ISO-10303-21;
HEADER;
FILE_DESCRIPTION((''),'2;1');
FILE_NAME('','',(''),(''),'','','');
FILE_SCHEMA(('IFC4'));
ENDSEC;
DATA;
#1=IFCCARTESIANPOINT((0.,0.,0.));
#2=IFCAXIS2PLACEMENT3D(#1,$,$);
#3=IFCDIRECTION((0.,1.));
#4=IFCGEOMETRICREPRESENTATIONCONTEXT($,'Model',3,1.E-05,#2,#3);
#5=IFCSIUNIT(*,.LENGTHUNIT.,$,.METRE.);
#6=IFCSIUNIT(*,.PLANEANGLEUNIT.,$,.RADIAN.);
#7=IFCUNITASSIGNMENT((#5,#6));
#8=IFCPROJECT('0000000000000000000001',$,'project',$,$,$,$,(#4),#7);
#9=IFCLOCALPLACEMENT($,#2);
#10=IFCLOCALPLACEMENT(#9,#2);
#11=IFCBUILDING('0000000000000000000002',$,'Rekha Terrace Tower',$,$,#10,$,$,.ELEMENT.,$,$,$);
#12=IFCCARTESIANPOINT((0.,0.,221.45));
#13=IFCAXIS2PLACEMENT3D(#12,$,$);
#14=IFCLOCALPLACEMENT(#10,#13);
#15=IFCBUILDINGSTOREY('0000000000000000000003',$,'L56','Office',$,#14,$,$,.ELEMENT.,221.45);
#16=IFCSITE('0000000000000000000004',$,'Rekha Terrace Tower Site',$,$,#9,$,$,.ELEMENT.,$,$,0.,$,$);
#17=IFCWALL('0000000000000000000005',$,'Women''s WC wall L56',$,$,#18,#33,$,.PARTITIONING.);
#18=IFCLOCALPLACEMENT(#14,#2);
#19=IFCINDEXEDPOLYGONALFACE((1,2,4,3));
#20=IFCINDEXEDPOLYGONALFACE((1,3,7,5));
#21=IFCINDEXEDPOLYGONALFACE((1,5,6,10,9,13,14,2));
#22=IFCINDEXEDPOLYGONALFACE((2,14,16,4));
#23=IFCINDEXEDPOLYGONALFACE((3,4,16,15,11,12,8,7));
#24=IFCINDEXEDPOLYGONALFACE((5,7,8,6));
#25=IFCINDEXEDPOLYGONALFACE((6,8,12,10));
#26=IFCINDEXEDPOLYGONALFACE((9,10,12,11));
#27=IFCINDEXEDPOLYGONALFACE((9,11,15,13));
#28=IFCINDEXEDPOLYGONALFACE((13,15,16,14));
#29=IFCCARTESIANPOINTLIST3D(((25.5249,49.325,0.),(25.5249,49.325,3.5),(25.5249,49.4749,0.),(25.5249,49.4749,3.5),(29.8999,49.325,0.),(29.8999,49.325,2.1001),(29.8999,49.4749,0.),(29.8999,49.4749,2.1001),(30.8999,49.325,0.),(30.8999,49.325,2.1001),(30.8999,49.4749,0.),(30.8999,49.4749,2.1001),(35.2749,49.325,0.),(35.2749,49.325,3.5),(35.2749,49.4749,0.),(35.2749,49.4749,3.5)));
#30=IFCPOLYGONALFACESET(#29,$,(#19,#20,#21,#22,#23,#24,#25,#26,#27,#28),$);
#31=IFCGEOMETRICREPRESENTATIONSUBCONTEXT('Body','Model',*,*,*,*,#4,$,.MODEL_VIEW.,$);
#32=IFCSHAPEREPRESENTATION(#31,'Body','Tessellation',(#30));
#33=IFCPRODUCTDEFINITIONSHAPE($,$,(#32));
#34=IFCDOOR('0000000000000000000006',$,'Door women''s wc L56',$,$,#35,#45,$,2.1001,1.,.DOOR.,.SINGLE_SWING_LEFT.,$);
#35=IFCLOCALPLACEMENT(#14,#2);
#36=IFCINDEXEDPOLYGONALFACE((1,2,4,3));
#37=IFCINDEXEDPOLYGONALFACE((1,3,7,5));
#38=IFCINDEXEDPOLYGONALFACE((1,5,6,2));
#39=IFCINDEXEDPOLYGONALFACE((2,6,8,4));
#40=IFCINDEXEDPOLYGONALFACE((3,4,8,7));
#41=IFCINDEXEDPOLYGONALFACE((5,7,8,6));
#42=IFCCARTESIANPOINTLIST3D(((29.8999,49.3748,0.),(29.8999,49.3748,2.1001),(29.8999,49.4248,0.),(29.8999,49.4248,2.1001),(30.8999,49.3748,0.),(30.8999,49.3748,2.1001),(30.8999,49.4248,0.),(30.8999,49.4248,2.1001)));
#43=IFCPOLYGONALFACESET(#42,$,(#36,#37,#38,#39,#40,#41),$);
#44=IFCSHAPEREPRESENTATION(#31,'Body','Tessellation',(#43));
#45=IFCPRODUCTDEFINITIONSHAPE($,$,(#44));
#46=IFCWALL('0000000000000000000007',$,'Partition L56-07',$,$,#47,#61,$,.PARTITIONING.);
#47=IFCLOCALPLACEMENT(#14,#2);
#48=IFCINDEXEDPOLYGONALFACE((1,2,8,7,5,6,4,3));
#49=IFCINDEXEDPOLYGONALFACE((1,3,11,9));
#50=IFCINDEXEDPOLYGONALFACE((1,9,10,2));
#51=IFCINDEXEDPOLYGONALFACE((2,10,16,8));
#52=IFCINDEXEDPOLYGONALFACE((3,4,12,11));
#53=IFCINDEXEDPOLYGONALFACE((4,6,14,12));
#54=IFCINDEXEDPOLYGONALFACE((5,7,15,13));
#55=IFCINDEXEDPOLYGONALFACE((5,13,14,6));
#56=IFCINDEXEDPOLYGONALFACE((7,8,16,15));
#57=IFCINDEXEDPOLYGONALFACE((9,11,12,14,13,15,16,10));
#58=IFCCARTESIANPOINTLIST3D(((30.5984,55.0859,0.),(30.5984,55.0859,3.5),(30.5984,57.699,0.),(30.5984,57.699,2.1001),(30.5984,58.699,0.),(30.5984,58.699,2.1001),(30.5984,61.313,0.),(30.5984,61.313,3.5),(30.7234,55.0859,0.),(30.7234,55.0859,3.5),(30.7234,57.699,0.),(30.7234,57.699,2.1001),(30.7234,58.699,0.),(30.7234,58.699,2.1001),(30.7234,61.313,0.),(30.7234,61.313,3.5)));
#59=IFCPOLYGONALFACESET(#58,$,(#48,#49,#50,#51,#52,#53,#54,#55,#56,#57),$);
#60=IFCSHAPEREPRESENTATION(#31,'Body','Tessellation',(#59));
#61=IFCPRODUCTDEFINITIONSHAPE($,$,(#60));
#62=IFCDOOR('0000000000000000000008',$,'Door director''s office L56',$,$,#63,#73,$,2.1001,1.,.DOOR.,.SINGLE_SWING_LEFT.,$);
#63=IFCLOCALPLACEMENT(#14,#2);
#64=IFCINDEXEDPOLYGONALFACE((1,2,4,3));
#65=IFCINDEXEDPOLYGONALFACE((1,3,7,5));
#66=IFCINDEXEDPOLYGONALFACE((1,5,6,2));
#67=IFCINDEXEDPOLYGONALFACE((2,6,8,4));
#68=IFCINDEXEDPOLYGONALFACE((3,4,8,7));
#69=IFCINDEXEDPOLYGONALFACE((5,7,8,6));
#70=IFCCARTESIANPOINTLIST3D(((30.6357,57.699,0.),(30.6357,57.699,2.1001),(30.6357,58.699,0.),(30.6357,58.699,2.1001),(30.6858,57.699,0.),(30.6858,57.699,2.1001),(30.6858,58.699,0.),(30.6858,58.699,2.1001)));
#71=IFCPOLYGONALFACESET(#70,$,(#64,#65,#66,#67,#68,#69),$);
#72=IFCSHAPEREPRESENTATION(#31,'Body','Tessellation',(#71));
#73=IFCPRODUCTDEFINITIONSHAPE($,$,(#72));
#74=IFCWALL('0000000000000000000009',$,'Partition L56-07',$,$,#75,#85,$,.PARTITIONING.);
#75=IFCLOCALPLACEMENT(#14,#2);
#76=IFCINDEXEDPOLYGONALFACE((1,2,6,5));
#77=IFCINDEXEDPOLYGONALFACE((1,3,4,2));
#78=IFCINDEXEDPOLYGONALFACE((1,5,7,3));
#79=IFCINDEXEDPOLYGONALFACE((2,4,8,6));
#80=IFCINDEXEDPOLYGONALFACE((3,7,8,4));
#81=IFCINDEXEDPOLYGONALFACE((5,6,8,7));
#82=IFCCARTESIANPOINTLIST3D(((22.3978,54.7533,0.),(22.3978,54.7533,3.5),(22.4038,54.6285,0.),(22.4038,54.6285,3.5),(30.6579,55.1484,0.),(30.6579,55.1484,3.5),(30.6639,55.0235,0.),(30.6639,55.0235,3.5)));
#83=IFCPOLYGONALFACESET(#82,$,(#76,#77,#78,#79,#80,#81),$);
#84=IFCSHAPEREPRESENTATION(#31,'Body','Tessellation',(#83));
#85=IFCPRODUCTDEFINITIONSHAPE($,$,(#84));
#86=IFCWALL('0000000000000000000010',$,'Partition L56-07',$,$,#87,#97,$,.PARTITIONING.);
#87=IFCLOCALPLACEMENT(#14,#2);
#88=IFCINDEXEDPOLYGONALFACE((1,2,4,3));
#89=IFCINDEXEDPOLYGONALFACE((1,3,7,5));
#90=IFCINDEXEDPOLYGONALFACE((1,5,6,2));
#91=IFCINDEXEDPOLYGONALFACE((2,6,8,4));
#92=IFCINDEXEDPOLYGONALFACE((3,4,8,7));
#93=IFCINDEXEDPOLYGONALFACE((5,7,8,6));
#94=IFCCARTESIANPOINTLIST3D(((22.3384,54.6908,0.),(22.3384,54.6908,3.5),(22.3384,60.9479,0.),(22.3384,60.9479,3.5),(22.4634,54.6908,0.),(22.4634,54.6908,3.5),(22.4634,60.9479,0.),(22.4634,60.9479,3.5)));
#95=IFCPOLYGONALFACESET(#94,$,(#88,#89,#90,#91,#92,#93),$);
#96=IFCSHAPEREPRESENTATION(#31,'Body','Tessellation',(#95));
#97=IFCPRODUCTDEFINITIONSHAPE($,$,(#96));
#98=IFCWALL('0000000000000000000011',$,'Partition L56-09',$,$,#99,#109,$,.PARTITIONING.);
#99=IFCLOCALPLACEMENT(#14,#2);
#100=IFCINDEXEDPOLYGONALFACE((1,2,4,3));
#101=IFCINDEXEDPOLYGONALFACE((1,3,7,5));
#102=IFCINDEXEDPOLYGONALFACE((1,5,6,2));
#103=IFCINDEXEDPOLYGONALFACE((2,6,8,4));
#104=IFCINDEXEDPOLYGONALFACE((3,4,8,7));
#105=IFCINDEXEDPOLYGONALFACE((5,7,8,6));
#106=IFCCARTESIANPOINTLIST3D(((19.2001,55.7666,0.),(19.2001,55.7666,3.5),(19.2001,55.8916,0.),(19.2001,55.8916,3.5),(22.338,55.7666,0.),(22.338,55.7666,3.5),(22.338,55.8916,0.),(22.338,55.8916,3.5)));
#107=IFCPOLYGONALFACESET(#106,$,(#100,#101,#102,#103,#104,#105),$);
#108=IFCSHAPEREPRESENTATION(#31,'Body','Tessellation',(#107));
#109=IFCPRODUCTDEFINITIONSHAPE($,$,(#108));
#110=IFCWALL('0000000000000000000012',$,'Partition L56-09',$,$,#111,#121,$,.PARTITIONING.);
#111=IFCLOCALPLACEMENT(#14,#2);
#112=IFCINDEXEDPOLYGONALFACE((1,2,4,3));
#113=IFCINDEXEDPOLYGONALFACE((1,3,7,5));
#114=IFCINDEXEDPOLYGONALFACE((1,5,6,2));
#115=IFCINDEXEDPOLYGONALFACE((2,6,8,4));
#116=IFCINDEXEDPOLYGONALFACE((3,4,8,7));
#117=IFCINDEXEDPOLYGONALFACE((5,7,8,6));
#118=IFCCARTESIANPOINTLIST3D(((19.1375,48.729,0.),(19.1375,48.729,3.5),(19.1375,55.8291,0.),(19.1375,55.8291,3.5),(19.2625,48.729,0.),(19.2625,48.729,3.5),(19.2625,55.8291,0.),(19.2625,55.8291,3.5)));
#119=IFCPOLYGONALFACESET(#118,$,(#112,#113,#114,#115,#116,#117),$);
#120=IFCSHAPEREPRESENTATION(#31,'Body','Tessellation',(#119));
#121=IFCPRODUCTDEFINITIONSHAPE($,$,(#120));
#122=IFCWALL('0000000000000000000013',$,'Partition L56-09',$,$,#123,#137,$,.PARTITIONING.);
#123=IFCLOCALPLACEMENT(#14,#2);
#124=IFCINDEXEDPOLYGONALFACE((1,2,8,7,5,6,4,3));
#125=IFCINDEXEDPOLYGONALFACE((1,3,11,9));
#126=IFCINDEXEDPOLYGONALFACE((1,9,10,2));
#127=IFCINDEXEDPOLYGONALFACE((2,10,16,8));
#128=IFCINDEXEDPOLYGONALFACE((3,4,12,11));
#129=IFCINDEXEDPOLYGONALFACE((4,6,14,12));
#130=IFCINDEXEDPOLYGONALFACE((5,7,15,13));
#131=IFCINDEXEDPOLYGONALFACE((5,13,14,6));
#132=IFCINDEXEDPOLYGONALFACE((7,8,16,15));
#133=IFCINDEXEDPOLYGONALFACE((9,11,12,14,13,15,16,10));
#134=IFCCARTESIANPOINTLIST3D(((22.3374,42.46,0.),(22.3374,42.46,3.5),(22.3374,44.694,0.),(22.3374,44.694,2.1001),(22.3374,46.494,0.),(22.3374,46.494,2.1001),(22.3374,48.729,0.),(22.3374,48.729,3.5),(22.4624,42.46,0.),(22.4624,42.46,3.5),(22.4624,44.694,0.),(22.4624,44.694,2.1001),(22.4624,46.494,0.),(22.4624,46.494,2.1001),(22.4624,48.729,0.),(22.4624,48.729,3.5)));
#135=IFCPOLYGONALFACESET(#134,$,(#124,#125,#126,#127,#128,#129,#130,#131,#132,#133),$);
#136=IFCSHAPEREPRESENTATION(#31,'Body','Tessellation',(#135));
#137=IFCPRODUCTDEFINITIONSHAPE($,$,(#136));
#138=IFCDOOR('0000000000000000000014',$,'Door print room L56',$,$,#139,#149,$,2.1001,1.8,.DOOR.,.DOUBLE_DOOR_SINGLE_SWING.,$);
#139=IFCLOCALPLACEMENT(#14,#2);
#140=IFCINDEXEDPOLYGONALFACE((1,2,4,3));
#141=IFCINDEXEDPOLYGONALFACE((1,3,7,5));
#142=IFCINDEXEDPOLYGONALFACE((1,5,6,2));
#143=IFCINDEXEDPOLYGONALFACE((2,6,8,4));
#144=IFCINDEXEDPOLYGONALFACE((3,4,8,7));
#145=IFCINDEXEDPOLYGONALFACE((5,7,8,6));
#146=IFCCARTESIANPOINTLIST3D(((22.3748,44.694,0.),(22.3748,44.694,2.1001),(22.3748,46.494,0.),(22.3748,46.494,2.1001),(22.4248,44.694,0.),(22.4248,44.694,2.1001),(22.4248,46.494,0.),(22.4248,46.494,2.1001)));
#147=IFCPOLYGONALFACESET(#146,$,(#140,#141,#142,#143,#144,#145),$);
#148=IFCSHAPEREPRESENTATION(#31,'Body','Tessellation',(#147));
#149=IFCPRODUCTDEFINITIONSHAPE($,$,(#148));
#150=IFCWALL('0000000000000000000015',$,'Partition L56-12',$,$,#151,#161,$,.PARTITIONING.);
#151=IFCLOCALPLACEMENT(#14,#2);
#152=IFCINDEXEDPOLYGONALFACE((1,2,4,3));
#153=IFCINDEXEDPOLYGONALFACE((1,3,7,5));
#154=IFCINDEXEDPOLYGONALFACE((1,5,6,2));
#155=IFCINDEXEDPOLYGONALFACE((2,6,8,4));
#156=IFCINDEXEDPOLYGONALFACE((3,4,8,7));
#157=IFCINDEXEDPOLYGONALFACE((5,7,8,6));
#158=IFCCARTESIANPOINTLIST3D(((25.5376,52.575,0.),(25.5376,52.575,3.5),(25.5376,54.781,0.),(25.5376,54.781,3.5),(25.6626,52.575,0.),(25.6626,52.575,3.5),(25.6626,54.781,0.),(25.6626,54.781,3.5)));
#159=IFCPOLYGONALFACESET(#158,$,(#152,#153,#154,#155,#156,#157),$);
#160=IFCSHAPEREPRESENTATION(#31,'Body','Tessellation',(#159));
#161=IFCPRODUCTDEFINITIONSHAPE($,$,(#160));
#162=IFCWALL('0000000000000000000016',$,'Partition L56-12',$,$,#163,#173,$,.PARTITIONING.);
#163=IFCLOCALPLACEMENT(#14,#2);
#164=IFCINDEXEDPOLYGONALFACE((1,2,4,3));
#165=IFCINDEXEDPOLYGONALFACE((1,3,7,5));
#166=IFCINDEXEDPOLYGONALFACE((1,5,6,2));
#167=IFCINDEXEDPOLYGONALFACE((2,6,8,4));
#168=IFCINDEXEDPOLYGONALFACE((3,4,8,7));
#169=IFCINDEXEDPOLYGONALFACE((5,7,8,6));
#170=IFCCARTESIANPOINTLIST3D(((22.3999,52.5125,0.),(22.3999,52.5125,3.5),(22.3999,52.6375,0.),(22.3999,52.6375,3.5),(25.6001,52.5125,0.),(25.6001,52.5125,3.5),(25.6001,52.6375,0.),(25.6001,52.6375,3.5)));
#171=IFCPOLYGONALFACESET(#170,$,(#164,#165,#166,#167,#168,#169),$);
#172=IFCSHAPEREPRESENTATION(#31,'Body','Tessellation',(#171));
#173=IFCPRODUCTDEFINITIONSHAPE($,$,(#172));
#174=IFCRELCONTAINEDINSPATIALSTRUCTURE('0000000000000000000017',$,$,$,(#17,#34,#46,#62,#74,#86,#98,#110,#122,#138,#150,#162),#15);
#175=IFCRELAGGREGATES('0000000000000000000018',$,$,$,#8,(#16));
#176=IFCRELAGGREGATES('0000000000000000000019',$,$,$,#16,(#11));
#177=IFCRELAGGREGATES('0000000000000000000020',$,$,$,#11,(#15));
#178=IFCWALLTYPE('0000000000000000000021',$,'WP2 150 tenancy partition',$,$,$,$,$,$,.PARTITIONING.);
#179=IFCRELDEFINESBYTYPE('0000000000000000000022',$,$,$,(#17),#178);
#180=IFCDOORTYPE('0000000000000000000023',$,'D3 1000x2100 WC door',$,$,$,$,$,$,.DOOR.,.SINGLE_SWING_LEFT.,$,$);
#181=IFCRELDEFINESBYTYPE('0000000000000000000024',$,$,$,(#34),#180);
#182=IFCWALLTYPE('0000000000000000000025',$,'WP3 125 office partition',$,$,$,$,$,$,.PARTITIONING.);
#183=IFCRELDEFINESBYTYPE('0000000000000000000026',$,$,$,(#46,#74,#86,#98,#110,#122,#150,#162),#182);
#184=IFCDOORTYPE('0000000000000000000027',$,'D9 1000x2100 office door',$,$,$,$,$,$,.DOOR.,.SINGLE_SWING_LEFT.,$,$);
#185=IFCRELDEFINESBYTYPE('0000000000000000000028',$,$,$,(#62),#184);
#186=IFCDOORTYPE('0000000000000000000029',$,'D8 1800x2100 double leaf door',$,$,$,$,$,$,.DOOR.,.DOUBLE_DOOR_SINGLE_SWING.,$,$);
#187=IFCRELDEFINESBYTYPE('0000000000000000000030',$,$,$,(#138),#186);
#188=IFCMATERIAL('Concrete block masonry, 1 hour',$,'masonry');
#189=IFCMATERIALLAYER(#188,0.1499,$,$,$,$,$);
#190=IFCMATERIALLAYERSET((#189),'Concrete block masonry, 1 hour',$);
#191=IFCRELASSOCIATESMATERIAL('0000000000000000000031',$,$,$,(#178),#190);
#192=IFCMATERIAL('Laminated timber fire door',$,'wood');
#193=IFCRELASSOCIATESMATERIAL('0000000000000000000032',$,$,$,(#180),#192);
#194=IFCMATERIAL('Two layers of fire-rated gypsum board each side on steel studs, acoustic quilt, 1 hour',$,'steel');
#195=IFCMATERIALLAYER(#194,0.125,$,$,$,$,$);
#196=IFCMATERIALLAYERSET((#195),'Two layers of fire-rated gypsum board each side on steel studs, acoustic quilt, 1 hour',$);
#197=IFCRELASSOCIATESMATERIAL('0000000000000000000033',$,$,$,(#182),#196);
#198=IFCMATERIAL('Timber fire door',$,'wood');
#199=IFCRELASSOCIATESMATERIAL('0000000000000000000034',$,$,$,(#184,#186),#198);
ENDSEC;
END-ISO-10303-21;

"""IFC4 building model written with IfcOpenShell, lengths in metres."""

from ifc_helpers import new_model, si_unit, direction, frame, frame_2d, origin, place, context, subcontext, project, spatial, rectangle, extrude, material, layer, layer_set, type_object, element, fill, save


model = new_model("IFC4")

# Units and contexts
model_context = context("Model", 3, precision=1e-05, world=origin(), true_north=direction((0.0, 1.0)))
body_context = subcontext(model_context, "Body", "Model", "MODEL_VIEW")
ifc_project = project(units=[si_unit("LENGTHUNIT", "METRE"), si_unit("PLANEANGLEUNIT", "RADIAN")], contexts=[model_context])

# Site, building, storey
site_placement = place(None, origin())
site = spatial("IfcSite", under=ifc_project, at=site_placement, Name="Rekha Terrace Tower Site", CompositionType="ELEMENT", RefElevation=0.0)
building_placement = place(site_placement, origin())
building = spatial("IfcBuilding", under=site, at=building_placement, Name="Rekha Terrace Tower", CompositionType="ELEMENT")
storey_placement = place(building_placement, frame((0.0, 0.0, 221.45)))
storey = spatial("IfcBuildingStorey", under=building, at=storey_placement, Name="L56", Description="Office", CompositionType="ELEMENT", Elevation=221.45)

# Walls, openings, doors
ifc_material_1 = material(Name="Concrete block masonry, 1 hour", Category="masonry")
ifc_layer_1 = layer(ifc_material_1, 0.1499)
ifc_layer_set_1 = layer_set([ifc_layer_1], Name="Concrete block masonry, 1 hour")
wall_type_1 = type_object("IfcWallType", Name="WP2 150 tenancy partition", PredefinedType="PARTITIONING", material=ifc_layer_set_1)
wall_1_placement = place(storey_placement, frame((25.5249, 49.3999, 0.0), z_axis=(0.0, 0.0, 1.0), x_axis=(1.0, 0.0, 0.0)))
wall_1 = element("IfcWall", 1, at=wall_1_placement, inside=storey, type_object=wall_type_1, Name="Women's WC wall L56", PredefinedType="PARTITIONING", context=body_context, shape_type="SweptSolid", body=[
    extrude(rectangle(XDim=9.75, YDim=0.1499, at=frame_2d((4.875, 0.0))), origin(), (0.0, 0.0, 1.0), 3.5),
])
opening_1_placement = place(wall_1_placement, frame((4.375, 0.0, 0.0)))
opening_1 = element("IfcOpeningElement", 2, at=opening_1_placement, cuts=wall_1, PredefinedType="OPENING", context=body_context, shape_type="SweptSolid", body=[
    extrude(rectangle(XDim=1.0, YDim=2.1001, at=frame_2d((0.5, 1.05))), frame((0.0, 0.085, 0.0), z_axis=(0.0, -1.0, 0.0), x_axis=(1.0, 0.0, 0.0)), (0.0, 0.0, 1.0), 0.1699),
])
ifc_material_2 = material(Name="Laminated timber fire door", Category="wood")
door_type_1 = type_object("IfcDoorType", Name="D3 1000x2100 WC door", OperationType="SINGLE_SWING_LEFT", PredefinedType="DOOR", material=ifc_material_2)
door_1_placement = place(opening_1_placement, origin())
door_1 = element("IfcDoor", 3, at=door_1_placement, inside=storey, type_object=door_type_1, Name="Door women's wc L56", OperationType="SINGLE_SWING_LEFT", OverallHeight=2.1001, OverallWidth=1.0, PredefinedType="DOOR", context=body_context, shape_type="SweptSolid", body=[
    extrude(rectangle(XDim=1.0, YDim=2.1001, at=frame_2d((0.5, 1.05))), frame((0.0, 0.0249, 0.0), z_axis=(0.0, -1.0, 0.0), x_axis=(1.0, 0.0, 0.0)), (0.0, 0.0, 1.0), 0.05),
])
fill(opening_1, door_1)
ifc_material_3 = material(Name="Two layers of fire-rated gypsum board each side on steel studs, acoustic quilt, 1 hour", Category="steel")
ifc_layer_2 = layer(ifc_material_3, 0.125)
ifc_layer_set_2 = layer_set([ifc_layer_2], Name="Two layers of fire-rated gypsum board each side on steel studs, acoustic quilt, 1 hour")
wall_type_2 = type_object("IfcWallType", Name="WP3 125 office partition", PredefinedType="PARTITIONING", material=ifc_layer_set_2)
wall_2_placement = place(storey_placement, frame((30.6609, 61.313, 0.0), z_axis=(0.0, 0.0, 1.0), x_axis=(0.0, -1.0, 0.0)))
wall_2 = element("IfcWall", 4, at=wall_2_placement, inside=storey, type_object=wall_type_2, Name="Partition L56-07", PredefinedType="PARTITIONING", context=body_context, shape_type="SweptSolid", body=[
    extrude(rectangle(XDim=6.2271, YDim=0.125, at=frame_2d((3.1135, 0.0))), origin(), (0.0, 0.0, 1.0), 3.5),
])
opening_2_placement = place(wall_2_placement, frame((2.614, 0.0, 0.0)))
opening_2 = element("IfcOpeningElement", 5, at=opening_2_placement, cuts=wall_2, PredefinedType="OPENING", context=body_context, shape_type="SweptSolid", body=[
    extrude(rectangle(XDim=1.0, YDim=2.1001, at=frame_2d((0.5, 1.05))), frame((0.0, 0.0725, 0.0), z_axis=(0.0, -1.0, 0.0), x_axis=(1.0, 0.0, 0.0)), (0.0, 0.0, 1.0), 0.145),
])
ifc_material_4 = material(Name="Timber fire door", Category="wood")
door_type_2 = type_object("IfcDoorType", Name="D9 1000x2100 office door", OperationType="SINGLE_SWING_LEFT", PredefinedType="DOOR", material=ifc_material_4)
door_2_placement = place(opening_2_placement, origin())
door_2 = element("IfcDoor", 6, at=door_2_placement, inside=storey, type_object=door_type_2, Name="Door director's office L56", OperationType="SINGLE_SWING_LEFT", OverallHeight=2.1001, OverallWidth=1.0, PredefinedType="DOOR", context=body_context, shape_type="SweptSolid", body=[
    extrude(rectangle(XDim=1.0, YDim=2.1001, at=frame_2d((0.5, 1.05))), frame((0.0, 0.0249, 0.0), z_axis=(0.0, -1.0, 0.0), x_axis=(1.0, 0.0, 0.0)), (0.0, 0.0, 1.0), 0.05),
])
fill(opening_2, door_2)

# Walls
wall_3_placement = place(storey_placement, frame((30.6609, 55.0859, 0.0), z_axis=(0.0, 0.0, 1.0), x_axis=(-0.998858, -0.047769, 0.0)))
element("IfcWall", 7, at=wall_3_placement, inside=storey, type_object=wall_type_2, Name="Partition L56-07", PredefinedType="PARTITIONING", context=body_context, shape_type="SweptSolid", body=[
    extrude(rectangle(XDim=8.2695, YDim=0.125, at=frame_2d((4.1348, 0.0))), origin(), (0.0, 0.0, 1.0), 3.5),
])
wall_4_placement = place(storey_placement, frame((22.4009, 54.6909, 0.0), z_axis=(0.0, 0.0, 1.0), x_axis=(0.0, 1.0, 0.0)))
element("IfcWall", 8, at=wall_4_placement, inside=storey, type_object=wall_type_2, Name="Partition L56-07", PredefinedType="PARTITIONING", context=body_context, shape_type="SweptSolid", body=[
    extrude(rectangle(XDim=6.2571, YDim=0.125, at=frame_2d((3.1284, 0.0))), origin(), (0.0, 0.0, 1.0), 3.5),
])
wall_5_placement = place(storey_placement, frame((22.3379, 55.8291, 0.0), z_axis=(0.0, 0.0, 1.0), x_axis=(-1.0, 0.0, 0.0)))
element("IfcWall", 9, at=wall_5_placement, inside=storey, type_object=wall_type_2, Name="Partition L56-09", PredefinedType="PARTITIONING", context=body_context, shape_type="SweptSolid", body=[
    extrude(rectangle(XDim=3.1379, YDim=0.125, at=frame_2d((1.5688, 0.0))), origin(), (0.0, 0.0, 1.0), 3.5),
])
wall_6_placement = place(storey_placement, frame((19.2, 55.8291, 0.0), z_axis=(0.0, 0.0, 1.0), x_axis=(0.0, -1.0, 0.0)))
element("IfcWall", 10, at=wall_6_placement, inside=storey, type_object=wall_type_2, Name="Partition L56-09", PredefinedType="PARTITIONING", context=body_context, shape_type="SweptSolid", body=[
    extrude(rectangle(XDim=7.1001, YDim=0.125, at=frame_2d((3.55, 0.0))), origin(), (0.0, 0.0, 1.0), 3.5),
])

# Wall, opening, door
wall_7_placement = place(storey_placement, frame((22.3999, 48.729, 0.0), z_axis=(0.0, 0.0, 1.0), x_axis=(0.0, -1.0, 0.0)))
wall_7 = element("IfcWall", 11, at=wall_7_placement, inside=storey, type_object=wall_type_2, Name="Partition L56-09", PredefinedType="PARTITIONING", context=body_context, shape_type="SweptSolid", body=[
    extrude(rectangle(XDim=6.269, YDim=0.125, at=frame_2d((3.1345, 0.0))), origin(), (0.0, 0.0, 1.0), 3.5),
])
opening_3_placement = place(wall_7_placement, frame((2.2351, 0.0, 0.0)))
opening_3 = element("IfcOpeningElement", 12, at=opening_3_placement, cuts=wall_7, PredefinedType="OPENING", context=body_context, shape_type="SweptSolid", body=[
    extrude(rectangle(XDim=1.8, YDim=2.1001, at=frame_2d((0.8999, 1.05))), frame((0.0, 0.0725, 0.0), z_axis=(0.0, -1.0, 0.0), x_axis=(1.0, 0.0, 0.0)), (0.0, 0.0, 1.0), 0.145),
])
door_type_3 = type_object("IfcDoorType", Name="D8 1800x2100 double leaf door", OperationType="DOUBLE_DOOR_SINGLE_SWING", PredefinedType="DOOR", material=ifc_material_4)
door_3_placement = place(opening_3_placement, origin())
door_3 = element("IfcDoor", 13, at=door_3_placement, inside=storey, type_object=door_type_3, Name="Door print room L56", OperationType="DOUBLE_DOOR_SINGLE_SWING", OverallHeight=2.1001, OverallWidth=1.8, PredefinedType="DOOR", context=body_context, shape_type="SweptSolid", body=[
    extrude(rectangle(XDim=1.8, YDim=2.1001, at=frame_2d((0.8999, 1.05))), frame((0.0, 0.0249, 0.0), z_axis=(0.0, -1.0, 0.0), x_axis=(1.0, 0.0, 0.0)), (0.0, 0.0, 1.0), 0.05),
])
fill(opening_3, door_3)

# Walls
wall_8_placement = place(storey_placement, frame((25.6001, 54.781, 0.0), z_axis=(0.0, 0.0, 1.0), x_axis=(0.0, -1.0, 0.0)))
element("IfcWall", 14, at=wall_8_placement, inside=storey, type_object=wall_type_2, Name="Partition L56-12", PredefinedType="PARTITIONING", context=body_context, shape_type="SweptSolid", body=[
    extrude(rectangle(XDim=2.2061, YDim=0.125, at=frame_2d((1.103, 0.0))), origin(), (0.0, 0.0, 1.0), 3.5),
])
wall_9_placement = place(storey_placement, frame((25.6001, 52.575, 0.0), z_axis=(0.0, 0.0, 1.0), x_axis=(-1.0, 0.0, 0.0)))
element("IfcWall", 15, at=wall_9_placement, inside=storey, type_object=wall_type_2, Name="Partition L56-12", PredefinedType="PARTITIONING", context=body_context, shape_type="SweptSolid", body=[
    extrude(rectangle(XDim=3.2002, YDim=0.125, at=frame_2d((1.6001, 0.0))), origin(), (0.0, 0.0, 1.0), 3.5),
])

save(model, "model.ifc")
